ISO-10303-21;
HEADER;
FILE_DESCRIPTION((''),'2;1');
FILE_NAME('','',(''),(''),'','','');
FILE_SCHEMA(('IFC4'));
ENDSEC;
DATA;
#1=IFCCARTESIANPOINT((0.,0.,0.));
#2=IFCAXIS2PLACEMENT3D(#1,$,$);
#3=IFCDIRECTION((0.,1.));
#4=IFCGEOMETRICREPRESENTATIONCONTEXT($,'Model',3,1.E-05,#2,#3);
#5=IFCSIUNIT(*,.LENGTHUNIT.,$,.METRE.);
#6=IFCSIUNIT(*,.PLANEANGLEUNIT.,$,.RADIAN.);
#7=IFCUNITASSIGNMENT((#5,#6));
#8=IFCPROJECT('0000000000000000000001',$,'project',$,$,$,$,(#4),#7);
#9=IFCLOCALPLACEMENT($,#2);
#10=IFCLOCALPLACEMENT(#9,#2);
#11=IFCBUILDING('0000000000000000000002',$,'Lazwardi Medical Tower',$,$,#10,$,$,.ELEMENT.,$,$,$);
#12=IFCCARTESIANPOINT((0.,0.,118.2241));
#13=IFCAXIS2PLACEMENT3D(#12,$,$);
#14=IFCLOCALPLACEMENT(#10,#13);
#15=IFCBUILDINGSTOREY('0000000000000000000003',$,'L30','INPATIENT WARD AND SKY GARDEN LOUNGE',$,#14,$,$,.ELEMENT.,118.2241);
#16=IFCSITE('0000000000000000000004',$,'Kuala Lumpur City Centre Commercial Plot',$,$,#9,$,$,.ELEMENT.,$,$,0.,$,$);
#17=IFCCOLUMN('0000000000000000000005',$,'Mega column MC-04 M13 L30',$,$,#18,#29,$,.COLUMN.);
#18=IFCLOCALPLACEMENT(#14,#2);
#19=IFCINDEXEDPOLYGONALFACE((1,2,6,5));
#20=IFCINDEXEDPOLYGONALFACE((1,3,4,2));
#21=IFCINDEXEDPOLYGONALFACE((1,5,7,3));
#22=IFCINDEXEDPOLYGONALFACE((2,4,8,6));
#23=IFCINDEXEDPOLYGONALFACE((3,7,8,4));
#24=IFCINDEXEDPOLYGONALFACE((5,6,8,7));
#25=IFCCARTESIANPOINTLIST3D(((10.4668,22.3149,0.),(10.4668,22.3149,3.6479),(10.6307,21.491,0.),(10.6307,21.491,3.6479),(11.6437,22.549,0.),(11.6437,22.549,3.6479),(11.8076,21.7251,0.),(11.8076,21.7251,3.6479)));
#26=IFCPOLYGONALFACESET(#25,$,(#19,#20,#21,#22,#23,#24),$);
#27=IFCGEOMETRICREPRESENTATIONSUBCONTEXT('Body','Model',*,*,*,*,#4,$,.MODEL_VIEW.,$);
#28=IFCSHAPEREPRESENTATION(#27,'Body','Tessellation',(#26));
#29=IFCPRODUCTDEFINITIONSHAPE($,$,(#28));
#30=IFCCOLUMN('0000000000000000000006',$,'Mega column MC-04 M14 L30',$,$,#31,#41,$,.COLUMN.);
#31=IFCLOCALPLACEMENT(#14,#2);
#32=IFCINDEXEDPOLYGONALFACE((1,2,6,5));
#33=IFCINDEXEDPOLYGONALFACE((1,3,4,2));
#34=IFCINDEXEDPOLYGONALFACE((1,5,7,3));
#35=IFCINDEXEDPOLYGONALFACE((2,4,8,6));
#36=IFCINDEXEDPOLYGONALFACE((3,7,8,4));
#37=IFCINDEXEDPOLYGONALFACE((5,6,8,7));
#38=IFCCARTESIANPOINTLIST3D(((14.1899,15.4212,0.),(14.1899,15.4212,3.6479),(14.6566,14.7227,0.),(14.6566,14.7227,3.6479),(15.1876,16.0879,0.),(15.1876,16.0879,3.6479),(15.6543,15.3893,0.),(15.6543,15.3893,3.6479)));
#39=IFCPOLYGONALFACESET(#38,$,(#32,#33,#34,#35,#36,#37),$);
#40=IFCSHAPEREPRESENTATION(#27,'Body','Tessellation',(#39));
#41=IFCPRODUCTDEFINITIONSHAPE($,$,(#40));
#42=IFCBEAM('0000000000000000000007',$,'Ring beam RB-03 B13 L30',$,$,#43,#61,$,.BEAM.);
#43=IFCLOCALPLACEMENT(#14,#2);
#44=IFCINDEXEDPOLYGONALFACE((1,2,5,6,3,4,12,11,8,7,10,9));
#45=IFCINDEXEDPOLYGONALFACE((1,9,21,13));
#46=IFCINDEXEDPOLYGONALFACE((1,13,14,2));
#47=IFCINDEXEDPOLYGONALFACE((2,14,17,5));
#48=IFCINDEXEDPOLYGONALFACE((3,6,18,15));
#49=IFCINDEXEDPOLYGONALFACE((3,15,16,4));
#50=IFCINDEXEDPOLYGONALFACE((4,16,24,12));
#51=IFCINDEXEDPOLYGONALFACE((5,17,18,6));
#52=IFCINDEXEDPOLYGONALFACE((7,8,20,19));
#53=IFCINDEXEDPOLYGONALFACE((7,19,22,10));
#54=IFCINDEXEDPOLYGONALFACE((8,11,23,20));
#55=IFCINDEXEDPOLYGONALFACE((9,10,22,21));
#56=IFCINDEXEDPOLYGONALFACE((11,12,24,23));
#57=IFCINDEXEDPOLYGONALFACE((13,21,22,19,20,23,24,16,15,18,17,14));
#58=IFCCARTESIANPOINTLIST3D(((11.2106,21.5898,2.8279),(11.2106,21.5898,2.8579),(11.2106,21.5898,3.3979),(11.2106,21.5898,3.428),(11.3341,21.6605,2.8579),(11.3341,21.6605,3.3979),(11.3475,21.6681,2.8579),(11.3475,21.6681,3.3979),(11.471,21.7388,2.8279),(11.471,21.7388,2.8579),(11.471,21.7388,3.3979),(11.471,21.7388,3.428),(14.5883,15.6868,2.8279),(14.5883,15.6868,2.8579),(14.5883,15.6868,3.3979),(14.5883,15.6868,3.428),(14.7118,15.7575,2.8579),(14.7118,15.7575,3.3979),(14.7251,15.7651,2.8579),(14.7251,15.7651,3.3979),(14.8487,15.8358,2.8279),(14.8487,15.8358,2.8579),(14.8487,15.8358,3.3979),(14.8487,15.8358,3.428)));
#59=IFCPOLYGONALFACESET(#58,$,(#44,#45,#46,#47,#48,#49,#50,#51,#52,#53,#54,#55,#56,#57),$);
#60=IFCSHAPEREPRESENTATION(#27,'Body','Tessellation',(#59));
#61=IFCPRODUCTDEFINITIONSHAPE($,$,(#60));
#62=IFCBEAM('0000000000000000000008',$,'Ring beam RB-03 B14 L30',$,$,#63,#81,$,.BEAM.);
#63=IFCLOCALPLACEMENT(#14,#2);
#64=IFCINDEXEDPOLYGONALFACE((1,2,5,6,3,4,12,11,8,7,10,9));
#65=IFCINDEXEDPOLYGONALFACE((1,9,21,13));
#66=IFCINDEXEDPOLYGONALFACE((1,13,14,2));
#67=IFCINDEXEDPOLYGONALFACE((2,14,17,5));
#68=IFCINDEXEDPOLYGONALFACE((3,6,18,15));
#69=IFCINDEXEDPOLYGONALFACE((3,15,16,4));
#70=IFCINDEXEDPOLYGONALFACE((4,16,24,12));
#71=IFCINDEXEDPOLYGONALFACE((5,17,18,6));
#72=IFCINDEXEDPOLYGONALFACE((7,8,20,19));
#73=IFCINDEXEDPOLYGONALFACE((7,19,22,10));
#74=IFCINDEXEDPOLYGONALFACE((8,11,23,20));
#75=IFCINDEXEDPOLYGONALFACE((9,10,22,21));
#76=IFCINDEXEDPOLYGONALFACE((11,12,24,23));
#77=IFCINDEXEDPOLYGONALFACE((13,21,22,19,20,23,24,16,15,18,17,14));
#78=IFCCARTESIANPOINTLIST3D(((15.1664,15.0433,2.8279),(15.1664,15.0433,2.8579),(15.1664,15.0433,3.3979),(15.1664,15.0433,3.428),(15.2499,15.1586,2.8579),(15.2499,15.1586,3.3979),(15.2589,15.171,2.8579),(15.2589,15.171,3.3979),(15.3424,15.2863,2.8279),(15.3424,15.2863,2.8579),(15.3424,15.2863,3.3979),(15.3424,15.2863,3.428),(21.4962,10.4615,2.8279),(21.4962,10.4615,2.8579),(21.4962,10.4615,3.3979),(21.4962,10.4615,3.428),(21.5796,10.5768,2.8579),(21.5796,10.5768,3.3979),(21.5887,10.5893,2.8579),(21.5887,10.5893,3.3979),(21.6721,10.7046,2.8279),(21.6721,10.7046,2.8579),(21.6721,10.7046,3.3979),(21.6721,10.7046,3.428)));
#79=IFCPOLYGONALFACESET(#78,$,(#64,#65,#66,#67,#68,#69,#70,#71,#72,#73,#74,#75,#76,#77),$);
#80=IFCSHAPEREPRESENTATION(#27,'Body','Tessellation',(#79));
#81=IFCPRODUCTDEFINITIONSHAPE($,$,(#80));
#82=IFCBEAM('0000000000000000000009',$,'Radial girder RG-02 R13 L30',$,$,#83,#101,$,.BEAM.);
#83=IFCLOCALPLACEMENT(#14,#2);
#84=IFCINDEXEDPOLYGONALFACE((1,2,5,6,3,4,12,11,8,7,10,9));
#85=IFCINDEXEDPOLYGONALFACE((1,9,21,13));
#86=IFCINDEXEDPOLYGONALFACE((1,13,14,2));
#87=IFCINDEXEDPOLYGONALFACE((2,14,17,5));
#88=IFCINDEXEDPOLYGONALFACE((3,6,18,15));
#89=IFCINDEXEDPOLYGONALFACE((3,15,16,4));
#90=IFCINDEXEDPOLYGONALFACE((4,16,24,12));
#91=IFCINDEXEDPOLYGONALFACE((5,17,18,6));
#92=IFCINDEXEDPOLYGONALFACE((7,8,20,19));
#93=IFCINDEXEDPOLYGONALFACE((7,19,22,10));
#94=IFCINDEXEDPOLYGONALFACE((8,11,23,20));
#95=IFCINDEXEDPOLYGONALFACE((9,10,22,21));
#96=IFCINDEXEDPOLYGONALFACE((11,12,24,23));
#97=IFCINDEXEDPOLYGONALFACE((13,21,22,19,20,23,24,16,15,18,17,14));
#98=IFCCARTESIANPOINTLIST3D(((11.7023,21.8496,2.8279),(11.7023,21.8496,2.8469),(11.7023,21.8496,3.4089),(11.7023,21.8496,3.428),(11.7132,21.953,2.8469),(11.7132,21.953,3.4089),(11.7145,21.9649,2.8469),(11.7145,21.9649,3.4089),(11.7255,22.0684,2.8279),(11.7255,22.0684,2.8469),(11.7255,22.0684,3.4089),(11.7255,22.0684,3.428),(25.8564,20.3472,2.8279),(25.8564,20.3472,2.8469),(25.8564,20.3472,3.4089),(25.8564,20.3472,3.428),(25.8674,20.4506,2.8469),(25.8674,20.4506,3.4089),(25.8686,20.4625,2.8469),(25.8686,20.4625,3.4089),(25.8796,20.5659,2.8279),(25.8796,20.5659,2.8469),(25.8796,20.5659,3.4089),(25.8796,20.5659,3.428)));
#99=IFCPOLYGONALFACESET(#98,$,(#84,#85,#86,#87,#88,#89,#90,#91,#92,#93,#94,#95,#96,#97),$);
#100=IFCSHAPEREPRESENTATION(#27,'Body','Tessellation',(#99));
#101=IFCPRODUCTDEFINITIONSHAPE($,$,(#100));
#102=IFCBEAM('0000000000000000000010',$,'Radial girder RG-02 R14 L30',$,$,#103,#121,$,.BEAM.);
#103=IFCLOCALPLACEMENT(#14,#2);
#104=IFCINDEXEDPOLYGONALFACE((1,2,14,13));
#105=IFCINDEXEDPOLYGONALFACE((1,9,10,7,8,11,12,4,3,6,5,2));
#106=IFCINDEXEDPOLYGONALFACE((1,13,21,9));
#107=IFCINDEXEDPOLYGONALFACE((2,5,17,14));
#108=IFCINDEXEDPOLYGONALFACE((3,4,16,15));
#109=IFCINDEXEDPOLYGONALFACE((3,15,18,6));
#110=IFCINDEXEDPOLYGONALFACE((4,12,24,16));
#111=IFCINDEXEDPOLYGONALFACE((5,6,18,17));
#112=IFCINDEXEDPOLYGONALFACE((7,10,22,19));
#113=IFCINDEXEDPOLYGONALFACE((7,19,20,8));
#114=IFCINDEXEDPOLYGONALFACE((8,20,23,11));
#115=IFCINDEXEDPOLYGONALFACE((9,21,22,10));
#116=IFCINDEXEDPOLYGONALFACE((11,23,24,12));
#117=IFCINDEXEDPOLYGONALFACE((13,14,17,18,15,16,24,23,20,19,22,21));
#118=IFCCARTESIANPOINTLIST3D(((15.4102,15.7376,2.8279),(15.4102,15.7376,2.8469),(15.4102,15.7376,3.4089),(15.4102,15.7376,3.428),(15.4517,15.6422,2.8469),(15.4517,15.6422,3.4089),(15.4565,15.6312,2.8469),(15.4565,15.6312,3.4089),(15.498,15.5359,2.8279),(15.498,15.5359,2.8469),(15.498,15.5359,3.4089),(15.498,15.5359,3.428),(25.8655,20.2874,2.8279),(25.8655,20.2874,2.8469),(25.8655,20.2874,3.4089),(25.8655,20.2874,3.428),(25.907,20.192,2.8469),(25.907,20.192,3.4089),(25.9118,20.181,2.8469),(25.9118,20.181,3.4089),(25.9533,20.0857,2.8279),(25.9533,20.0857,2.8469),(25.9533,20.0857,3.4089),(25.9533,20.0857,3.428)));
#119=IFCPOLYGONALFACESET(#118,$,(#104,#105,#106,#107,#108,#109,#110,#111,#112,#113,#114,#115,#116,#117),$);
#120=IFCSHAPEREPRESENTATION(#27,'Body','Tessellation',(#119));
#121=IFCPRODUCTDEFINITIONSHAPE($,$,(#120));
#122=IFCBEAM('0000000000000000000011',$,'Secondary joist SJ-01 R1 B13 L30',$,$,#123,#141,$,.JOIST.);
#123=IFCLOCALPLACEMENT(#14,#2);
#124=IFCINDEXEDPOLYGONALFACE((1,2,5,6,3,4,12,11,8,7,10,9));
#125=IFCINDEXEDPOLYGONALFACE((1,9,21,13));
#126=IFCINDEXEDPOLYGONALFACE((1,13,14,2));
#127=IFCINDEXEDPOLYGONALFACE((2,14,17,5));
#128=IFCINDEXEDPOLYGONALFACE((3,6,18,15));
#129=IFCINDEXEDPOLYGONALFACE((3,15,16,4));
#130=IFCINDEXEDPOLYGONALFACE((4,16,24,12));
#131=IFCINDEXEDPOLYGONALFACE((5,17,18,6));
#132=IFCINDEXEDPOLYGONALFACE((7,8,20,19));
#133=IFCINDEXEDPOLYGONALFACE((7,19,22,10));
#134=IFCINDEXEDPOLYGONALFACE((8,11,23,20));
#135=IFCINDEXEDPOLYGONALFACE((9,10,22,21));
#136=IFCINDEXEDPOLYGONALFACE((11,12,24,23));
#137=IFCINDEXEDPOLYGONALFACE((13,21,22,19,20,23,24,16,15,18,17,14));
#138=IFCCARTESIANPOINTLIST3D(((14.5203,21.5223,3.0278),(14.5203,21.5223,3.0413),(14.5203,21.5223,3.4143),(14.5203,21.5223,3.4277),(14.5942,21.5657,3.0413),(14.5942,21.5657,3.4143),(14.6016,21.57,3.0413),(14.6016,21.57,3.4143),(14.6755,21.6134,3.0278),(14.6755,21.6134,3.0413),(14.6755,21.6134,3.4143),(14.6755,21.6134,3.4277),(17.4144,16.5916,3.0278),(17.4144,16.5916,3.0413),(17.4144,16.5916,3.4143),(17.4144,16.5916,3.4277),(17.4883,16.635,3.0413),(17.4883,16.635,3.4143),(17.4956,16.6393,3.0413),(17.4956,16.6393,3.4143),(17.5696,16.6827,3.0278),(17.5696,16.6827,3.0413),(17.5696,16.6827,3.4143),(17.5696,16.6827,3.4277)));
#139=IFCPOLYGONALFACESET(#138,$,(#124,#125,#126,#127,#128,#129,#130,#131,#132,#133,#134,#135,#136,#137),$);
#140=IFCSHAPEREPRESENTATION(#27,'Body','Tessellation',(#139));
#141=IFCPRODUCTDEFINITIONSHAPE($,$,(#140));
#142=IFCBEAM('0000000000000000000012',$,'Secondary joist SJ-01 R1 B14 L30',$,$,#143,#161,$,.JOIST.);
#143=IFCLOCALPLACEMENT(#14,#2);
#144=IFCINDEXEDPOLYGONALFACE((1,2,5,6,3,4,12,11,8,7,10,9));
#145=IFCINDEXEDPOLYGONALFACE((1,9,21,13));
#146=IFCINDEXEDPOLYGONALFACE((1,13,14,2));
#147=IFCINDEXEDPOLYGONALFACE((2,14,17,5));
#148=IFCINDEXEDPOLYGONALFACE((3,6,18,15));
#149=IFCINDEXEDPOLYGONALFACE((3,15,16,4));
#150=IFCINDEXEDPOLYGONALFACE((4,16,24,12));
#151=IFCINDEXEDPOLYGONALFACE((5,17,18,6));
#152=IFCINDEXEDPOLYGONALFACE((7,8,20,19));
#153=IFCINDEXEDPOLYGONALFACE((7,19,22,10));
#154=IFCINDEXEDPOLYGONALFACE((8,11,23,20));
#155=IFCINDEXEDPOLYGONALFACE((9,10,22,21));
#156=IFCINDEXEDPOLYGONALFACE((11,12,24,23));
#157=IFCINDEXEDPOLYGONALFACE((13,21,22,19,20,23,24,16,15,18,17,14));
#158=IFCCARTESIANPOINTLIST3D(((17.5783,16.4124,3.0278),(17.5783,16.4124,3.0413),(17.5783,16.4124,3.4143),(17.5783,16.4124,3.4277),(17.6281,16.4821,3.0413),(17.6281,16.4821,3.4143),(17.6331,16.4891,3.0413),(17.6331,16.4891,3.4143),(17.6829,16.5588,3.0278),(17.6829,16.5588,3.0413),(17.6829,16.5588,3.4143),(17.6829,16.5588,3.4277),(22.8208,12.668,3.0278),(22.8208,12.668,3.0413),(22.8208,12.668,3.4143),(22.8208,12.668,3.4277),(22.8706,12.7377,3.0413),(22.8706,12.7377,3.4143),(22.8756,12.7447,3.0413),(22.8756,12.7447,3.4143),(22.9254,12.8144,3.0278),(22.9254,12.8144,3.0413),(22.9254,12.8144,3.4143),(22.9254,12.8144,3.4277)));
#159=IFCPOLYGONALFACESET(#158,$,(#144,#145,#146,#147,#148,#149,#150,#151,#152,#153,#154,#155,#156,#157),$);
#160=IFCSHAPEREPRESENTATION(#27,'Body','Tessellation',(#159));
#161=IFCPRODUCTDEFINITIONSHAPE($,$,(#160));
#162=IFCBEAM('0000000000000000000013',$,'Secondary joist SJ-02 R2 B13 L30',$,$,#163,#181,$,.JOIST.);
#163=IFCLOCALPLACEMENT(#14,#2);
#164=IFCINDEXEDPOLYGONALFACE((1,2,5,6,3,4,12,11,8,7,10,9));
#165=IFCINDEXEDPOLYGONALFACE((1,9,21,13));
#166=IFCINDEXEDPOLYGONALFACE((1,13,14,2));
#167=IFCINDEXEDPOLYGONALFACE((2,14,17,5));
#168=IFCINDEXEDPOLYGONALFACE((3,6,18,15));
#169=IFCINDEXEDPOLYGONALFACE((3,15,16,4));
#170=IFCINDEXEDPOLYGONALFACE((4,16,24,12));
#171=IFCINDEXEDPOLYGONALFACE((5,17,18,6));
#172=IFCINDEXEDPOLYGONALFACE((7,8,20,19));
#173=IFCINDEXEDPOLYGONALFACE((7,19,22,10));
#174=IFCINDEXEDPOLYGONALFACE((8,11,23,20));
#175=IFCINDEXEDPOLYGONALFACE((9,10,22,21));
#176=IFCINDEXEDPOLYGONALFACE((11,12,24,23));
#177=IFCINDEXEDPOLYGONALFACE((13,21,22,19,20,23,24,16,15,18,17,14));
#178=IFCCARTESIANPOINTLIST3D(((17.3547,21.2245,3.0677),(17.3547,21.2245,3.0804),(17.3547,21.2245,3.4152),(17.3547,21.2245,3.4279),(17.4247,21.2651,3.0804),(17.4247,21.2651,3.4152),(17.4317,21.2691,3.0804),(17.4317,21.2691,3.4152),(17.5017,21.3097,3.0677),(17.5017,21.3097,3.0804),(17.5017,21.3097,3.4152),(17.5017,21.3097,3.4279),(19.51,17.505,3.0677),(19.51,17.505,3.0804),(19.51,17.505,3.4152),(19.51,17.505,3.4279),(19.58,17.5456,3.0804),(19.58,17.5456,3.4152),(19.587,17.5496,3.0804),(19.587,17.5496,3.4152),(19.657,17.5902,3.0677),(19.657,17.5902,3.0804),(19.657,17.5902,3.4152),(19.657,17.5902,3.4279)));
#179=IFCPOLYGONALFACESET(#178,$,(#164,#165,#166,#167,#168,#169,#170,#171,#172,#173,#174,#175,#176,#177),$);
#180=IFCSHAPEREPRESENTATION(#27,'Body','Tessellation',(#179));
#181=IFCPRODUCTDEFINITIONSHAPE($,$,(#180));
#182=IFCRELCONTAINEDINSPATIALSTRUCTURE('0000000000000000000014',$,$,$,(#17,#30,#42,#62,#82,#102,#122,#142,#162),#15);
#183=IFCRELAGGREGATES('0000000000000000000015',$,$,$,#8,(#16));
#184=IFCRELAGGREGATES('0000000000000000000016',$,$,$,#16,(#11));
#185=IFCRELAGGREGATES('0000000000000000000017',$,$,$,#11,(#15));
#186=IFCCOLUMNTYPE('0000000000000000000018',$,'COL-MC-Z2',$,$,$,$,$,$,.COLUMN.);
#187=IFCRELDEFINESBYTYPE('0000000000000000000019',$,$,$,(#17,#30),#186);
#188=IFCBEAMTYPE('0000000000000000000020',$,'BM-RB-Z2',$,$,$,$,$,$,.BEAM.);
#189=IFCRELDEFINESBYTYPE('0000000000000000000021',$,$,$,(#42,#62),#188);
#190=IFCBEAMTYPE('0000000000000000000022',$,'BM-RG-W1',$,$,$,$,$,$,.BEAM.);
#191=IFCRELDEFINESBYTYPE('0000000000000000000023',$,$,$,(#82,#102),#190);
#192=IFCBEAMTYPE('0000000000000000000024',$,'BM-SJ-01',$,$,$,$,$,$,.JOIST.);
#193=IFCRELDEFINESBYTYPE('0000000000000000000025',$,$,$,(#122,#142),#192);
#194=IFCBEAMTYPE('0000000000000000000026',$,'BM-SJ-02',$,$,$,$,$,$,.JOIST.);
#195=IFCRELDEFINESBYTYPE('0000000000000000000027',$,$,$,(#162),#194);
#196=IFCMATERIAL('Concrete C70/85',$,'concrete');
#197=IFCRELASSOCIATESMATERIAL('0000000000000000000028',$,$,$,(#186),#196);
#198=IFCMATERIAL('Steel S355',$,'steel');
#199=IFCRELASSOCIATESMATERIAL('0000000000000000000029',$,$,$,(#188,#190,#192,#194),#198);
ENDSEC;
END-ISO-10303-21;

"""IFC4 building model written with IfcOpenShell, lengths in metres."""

from ifc_helpers import new_model, si_unit, direction, frame, origin, origin_2d, place, context, subcontext, project, spatial, rectangle, i_section, extrude, material, material_profile, profile_set, type_object, element, save


model = new_model("IFC4")

# Units and contexts
model_context = context("Model", 3, precision=1e-05, world=origin(), true_north=direction((0.0, 1.0)))
body_context = subcontext(model_context, "Body", "Model", "MODEL_VIEW")
ifc_project = project(units=[si_unit("LENGTHUNIT", "METRE"), si_unit("PLANEANGLEUNIT", "RADIAN")], contexts=[model_context])

# Site, building, storey
site_placement = place(None, origin())
site = spatial("IfcSite", under=ifc_project, at=site_placement, Name="Kuala Lumpur City Centre Commercial Plot", CompositionType="ELEMENT", RefElevation=0.0)
building_placement = place(site_placement, origin())
building = spatial("IfcBuilding", under=site, at=building_placement, Name="Lazwardi Medical Tower", CompositionType="ELEMENT")
storey_placement = place(building_placement, frame((0.0, 0.0, 118.2241)))
storey = spatial("IfcBuildingStorey", under=building, at=storey_placement, Name="L30", Description="INPATIENT WARD AND SKY GARDEN LOUNGE", CompositionType="ELEMENT", Elevation=118.2241)

# Columns
ifc_material_1 = material(Name="Concrete C70/85", Category="concrete")
ifc_material_profile_1 = material_profile(ifc_material_1, rectangle(XDim=1.2, YDim=0.8401, at=origin_2d()), Name="CFT-RECT 1200x840")
ifc_profile_set_1 = profile_set([ifc_material_profile_1], Name="Concrete C70/85")
column_type = type_object("IfcColumnType", Name="COL-MC-Z2", PredefinedType="COLUMN", material=ifc_profile_set_1)
for number, where, z_axis, x_axis, name in (
    (1, (11.1372, 22.02, 0.0), (0.0, 0.0, 1.0), (-0.980785, -0.19509, 0.0), "Mega column MC-04 M13 L30"),
    (2, (14.9221, 15.4053, 0.0), (0.0, 0.0, 1.0), (-0.83147, -0.55557, 0.0), "Mega column MC-04 M14 L30"),
):
    element("IfcColumn", number, at=place(storey_placement, frame(where, z_axis=z_axis, x_axis=x_axis)), inside=storey, type_object=column_type, Name=name, PredefinedType="COLUMN", context=body_context, shape_type="SweptSolid", body=[
        extrude(rectangle(XDim=1.2, YDim=0.8401, at=origin_2d()), origin(), (0.0, 0.0, 1.0), 3.6479),
    ])

# Beams
ifc_material_2 = material(Name="Steel S355", Category="steel")
ifc_material_profile_2 = material_profile(ifc_material_2, i_section(OverallWidth=0.3, OverallDepth=0.6001, WebThickness=0.0154, FlangeThickness=0.03, at=origin_2d()), Name="HEB 600")
ifc_profile_set_2 = profile_set([ifc_material_profile_2], Name="Steel S355")
beam_type_1 = type_object("IfcBeamType", Name="BM-RB-Z2", PredefinedType="BEAM", material=ifc_profile_set_2)
beam_1_placement = place(storey_placement, frame((11.3408, 21.6643, 3.1279), z_axis=(0.496638, -0.867958, 0.0), x_axis=(0.867958, 0.496638, 0.0)))
element("IfcBeam", 3, at=beam_1_placement, inside=storey, type_object=beam_type_1, Name="Ring beam RB-03 B13 L30", PredefinedType="BEAM", context=body_context, shape_type="SweptSolid", body=[
    extrude(i_section(OverallWidth=0.3, OverallDepth=0.6001, WebThickness=0.0154, FlangeThickness=0.03, at=origin_2d()), origin(), (0.0, 0.0, 1.0), 6.801),
])
beam_2_placement = place(storey_placement, frame((15.2544, 15.1648, 3.1279), z_axis=(0.810057, -0.586351, 0.0), x_axis=(0.586351, 0.810057, 0.0)))
element("IfcBeam", 4, at=beam_2_placement, inside=storey, type_object=beam_type_1, Name="Ring beam RB-03 B14 L30", PredefinedType="BEAM", context=body_context, shape_type="SweptSolid", body=[
    extrude(i_section(OverallWidth=0.3, OverallDepth=0.6001, WebThickness=0.0154, FlangeThickness=0.03, at=origin_2d()), origin(), (0.0, 0.0, 1.0), 7.814),
])
ifc_material_profile_3 = material_profile(ifc_material_2, i_section(OverallWidth=0.22, OverallDepth=0.6001, WebThickness=0.012, FlangeThickness=0.019, at=origin_2d()), Name="IPE 600")
ifc_profile_set_3 = profile_set([ifc_material_profile_3], Name="Steel S355")
beam_type_2 = type_object("IfcBeamType", Name="BM-RG-W1", PredefinedType="BEAM", material=ifc_profile_set_3)
beam_3_placement = place(storey_placement, frame((11.7139, 21.959, 3.1279), z_axis=(0.994413, -0.105556, 0.0), x_axis=(0.105556, 0.994413, 0.0)))
element("IfcBeam", 5, at=beam_3_placement, inside=storey, type_object=beam_type_2, Name="Radial girder RG-02 R13 L30", PredefinedType="BEAM", context=body_context, shape_type="SweptSolid", body=[
    extrude(i_section(OverallWidth=0.22, OverallDepth=0.6001, WebThickness=0.012, FlangeThickness=0.019, at=origin_2d()), origin(), (0.0, 0.0, 1.0), 14.2336),
])
beam_4_placement = place(storey_placement, frame((15.4541, 15.6367, 3.1279), z_axis=(0.916941, 0.399022, 0.0), x_axis=(-0.399022, 0.916941, 0.0)))
element("IfcBeam", 6, at=beam_4_placement, inside=storey, type_object=beam_type_2, Name="Radial girder RG-02 R14 L30", PredefinedType="BEAM", context=body_context, shape_type="SweptSolid", body=[
    extrude(i_section(OverallWidth=0.22, OverallDepth=0.6001, WebThickness=0.012, FlangeThickness=0.019, at=origin_2d()), origin(), (0.0, 0.0, 1.0), 11.4023),
])
ifc_material_profile_4 = material_profile(ifc_material_2, i_section(OverallWidth=0.1799, OverallDepth=0.3999, WebThickness=0.0085, FlangeThickness=0.0134, at=origin_2d()), Name="IPE 400")
ifc_profile_set_4 = profile_set([ifc_material_profile_4], Name="Steel S355")
beam_type_3 = type_object("IfcBeamType", Name="BM-SJ-01", PredefinedType="JOIST", material=ifc_profile_set_4)
beam_5_placement = place(storey_placement, frame((14.5979, 21.5679, 3.2278), z_axis=(0.506195, -0.862419, 0.0), x_axis=(0.862419, 0.506195, 0.0)))
element("IfcBeam", 7, at=beam_5_placement, inside=storey, type_object=beam_type_3, Name="Secondary joist SJ-01 R1 B13 L30", PredefinedType="JOIST", context=body_context, shape_type="SweptSolid", body=[
    extrude(i_section(OverallWidth=0.1799, OverallDepth=0.3999, WebThickness=0.0085, FlangeThickness=0.0134, at=origin_2d()), origin(), (0.0, 0.0, 1.0), 5.7173),
])
beam_6_placement = place(storey_placement, frame((17.6306, 16.4856, 3.2278), z_axis=(0.813749, -0.581217, 0.0), x_axis=(0.581217, 0.813749, 0.0)))
element("IfcBeam", 8, at=beam_6_placement, inside=storey, type_object=beam_type_3, Name="Secondary joist SJ-01 R1 B14 L30", PredefinedType="JOIST", context=body_context, shape_type="SweptSolid", body=[
    extrude(i_section(OverallWidth=0.1799, OverallDepth=0.3999, WebThickness=0.0085, FlangeThickness=0.0134, at=origin_2d()), origin(), (0.0, 0.0, 1.0), 6.4424),
])
ifc_material_profile_5 = material_profile(ifc_material_2, i_section(OverallWidth=0.1699, OverallDepth=0.3601, WebThickness=0.0081, FlangeThickness=0.0127, at=origin_2d()), Name="IPE 360")
ifc_profile_set_5 = profile_set([ifc_material_profile_5], Name="Steel S355")
beam_type_4 = type_object("IfcBeamType", Name="BM-SJ-02", PredefinedType="JOIST", material=ifc_profile_set_5)
beam_7_placement = place(storey_placement, frame((17.4282, 21.2671, 3.2478), z_axis=(0.501365, -0.865236, 0.0), x_axis=(0.865236, 0.501365, 0.0)))
element("IfcBeam", 9, at=beam_7_placement, inside=storey, type_object=beam_type_4, Name="Secondary joist SJ-02 R2 B13 L30", PredefinedType="JOIST", context=body_context, shape_type="SweptSolid", body=[
    extrude(i_section(OverallWidth=0.1699, OverallDepth=0.3601, WebThickness=0.0081, FlangeThickness=0.0127, at=origin_2d()), origin(), (0.0, 0.0, 1.0), 4.2988),
])

save(model, "model.ifc")
